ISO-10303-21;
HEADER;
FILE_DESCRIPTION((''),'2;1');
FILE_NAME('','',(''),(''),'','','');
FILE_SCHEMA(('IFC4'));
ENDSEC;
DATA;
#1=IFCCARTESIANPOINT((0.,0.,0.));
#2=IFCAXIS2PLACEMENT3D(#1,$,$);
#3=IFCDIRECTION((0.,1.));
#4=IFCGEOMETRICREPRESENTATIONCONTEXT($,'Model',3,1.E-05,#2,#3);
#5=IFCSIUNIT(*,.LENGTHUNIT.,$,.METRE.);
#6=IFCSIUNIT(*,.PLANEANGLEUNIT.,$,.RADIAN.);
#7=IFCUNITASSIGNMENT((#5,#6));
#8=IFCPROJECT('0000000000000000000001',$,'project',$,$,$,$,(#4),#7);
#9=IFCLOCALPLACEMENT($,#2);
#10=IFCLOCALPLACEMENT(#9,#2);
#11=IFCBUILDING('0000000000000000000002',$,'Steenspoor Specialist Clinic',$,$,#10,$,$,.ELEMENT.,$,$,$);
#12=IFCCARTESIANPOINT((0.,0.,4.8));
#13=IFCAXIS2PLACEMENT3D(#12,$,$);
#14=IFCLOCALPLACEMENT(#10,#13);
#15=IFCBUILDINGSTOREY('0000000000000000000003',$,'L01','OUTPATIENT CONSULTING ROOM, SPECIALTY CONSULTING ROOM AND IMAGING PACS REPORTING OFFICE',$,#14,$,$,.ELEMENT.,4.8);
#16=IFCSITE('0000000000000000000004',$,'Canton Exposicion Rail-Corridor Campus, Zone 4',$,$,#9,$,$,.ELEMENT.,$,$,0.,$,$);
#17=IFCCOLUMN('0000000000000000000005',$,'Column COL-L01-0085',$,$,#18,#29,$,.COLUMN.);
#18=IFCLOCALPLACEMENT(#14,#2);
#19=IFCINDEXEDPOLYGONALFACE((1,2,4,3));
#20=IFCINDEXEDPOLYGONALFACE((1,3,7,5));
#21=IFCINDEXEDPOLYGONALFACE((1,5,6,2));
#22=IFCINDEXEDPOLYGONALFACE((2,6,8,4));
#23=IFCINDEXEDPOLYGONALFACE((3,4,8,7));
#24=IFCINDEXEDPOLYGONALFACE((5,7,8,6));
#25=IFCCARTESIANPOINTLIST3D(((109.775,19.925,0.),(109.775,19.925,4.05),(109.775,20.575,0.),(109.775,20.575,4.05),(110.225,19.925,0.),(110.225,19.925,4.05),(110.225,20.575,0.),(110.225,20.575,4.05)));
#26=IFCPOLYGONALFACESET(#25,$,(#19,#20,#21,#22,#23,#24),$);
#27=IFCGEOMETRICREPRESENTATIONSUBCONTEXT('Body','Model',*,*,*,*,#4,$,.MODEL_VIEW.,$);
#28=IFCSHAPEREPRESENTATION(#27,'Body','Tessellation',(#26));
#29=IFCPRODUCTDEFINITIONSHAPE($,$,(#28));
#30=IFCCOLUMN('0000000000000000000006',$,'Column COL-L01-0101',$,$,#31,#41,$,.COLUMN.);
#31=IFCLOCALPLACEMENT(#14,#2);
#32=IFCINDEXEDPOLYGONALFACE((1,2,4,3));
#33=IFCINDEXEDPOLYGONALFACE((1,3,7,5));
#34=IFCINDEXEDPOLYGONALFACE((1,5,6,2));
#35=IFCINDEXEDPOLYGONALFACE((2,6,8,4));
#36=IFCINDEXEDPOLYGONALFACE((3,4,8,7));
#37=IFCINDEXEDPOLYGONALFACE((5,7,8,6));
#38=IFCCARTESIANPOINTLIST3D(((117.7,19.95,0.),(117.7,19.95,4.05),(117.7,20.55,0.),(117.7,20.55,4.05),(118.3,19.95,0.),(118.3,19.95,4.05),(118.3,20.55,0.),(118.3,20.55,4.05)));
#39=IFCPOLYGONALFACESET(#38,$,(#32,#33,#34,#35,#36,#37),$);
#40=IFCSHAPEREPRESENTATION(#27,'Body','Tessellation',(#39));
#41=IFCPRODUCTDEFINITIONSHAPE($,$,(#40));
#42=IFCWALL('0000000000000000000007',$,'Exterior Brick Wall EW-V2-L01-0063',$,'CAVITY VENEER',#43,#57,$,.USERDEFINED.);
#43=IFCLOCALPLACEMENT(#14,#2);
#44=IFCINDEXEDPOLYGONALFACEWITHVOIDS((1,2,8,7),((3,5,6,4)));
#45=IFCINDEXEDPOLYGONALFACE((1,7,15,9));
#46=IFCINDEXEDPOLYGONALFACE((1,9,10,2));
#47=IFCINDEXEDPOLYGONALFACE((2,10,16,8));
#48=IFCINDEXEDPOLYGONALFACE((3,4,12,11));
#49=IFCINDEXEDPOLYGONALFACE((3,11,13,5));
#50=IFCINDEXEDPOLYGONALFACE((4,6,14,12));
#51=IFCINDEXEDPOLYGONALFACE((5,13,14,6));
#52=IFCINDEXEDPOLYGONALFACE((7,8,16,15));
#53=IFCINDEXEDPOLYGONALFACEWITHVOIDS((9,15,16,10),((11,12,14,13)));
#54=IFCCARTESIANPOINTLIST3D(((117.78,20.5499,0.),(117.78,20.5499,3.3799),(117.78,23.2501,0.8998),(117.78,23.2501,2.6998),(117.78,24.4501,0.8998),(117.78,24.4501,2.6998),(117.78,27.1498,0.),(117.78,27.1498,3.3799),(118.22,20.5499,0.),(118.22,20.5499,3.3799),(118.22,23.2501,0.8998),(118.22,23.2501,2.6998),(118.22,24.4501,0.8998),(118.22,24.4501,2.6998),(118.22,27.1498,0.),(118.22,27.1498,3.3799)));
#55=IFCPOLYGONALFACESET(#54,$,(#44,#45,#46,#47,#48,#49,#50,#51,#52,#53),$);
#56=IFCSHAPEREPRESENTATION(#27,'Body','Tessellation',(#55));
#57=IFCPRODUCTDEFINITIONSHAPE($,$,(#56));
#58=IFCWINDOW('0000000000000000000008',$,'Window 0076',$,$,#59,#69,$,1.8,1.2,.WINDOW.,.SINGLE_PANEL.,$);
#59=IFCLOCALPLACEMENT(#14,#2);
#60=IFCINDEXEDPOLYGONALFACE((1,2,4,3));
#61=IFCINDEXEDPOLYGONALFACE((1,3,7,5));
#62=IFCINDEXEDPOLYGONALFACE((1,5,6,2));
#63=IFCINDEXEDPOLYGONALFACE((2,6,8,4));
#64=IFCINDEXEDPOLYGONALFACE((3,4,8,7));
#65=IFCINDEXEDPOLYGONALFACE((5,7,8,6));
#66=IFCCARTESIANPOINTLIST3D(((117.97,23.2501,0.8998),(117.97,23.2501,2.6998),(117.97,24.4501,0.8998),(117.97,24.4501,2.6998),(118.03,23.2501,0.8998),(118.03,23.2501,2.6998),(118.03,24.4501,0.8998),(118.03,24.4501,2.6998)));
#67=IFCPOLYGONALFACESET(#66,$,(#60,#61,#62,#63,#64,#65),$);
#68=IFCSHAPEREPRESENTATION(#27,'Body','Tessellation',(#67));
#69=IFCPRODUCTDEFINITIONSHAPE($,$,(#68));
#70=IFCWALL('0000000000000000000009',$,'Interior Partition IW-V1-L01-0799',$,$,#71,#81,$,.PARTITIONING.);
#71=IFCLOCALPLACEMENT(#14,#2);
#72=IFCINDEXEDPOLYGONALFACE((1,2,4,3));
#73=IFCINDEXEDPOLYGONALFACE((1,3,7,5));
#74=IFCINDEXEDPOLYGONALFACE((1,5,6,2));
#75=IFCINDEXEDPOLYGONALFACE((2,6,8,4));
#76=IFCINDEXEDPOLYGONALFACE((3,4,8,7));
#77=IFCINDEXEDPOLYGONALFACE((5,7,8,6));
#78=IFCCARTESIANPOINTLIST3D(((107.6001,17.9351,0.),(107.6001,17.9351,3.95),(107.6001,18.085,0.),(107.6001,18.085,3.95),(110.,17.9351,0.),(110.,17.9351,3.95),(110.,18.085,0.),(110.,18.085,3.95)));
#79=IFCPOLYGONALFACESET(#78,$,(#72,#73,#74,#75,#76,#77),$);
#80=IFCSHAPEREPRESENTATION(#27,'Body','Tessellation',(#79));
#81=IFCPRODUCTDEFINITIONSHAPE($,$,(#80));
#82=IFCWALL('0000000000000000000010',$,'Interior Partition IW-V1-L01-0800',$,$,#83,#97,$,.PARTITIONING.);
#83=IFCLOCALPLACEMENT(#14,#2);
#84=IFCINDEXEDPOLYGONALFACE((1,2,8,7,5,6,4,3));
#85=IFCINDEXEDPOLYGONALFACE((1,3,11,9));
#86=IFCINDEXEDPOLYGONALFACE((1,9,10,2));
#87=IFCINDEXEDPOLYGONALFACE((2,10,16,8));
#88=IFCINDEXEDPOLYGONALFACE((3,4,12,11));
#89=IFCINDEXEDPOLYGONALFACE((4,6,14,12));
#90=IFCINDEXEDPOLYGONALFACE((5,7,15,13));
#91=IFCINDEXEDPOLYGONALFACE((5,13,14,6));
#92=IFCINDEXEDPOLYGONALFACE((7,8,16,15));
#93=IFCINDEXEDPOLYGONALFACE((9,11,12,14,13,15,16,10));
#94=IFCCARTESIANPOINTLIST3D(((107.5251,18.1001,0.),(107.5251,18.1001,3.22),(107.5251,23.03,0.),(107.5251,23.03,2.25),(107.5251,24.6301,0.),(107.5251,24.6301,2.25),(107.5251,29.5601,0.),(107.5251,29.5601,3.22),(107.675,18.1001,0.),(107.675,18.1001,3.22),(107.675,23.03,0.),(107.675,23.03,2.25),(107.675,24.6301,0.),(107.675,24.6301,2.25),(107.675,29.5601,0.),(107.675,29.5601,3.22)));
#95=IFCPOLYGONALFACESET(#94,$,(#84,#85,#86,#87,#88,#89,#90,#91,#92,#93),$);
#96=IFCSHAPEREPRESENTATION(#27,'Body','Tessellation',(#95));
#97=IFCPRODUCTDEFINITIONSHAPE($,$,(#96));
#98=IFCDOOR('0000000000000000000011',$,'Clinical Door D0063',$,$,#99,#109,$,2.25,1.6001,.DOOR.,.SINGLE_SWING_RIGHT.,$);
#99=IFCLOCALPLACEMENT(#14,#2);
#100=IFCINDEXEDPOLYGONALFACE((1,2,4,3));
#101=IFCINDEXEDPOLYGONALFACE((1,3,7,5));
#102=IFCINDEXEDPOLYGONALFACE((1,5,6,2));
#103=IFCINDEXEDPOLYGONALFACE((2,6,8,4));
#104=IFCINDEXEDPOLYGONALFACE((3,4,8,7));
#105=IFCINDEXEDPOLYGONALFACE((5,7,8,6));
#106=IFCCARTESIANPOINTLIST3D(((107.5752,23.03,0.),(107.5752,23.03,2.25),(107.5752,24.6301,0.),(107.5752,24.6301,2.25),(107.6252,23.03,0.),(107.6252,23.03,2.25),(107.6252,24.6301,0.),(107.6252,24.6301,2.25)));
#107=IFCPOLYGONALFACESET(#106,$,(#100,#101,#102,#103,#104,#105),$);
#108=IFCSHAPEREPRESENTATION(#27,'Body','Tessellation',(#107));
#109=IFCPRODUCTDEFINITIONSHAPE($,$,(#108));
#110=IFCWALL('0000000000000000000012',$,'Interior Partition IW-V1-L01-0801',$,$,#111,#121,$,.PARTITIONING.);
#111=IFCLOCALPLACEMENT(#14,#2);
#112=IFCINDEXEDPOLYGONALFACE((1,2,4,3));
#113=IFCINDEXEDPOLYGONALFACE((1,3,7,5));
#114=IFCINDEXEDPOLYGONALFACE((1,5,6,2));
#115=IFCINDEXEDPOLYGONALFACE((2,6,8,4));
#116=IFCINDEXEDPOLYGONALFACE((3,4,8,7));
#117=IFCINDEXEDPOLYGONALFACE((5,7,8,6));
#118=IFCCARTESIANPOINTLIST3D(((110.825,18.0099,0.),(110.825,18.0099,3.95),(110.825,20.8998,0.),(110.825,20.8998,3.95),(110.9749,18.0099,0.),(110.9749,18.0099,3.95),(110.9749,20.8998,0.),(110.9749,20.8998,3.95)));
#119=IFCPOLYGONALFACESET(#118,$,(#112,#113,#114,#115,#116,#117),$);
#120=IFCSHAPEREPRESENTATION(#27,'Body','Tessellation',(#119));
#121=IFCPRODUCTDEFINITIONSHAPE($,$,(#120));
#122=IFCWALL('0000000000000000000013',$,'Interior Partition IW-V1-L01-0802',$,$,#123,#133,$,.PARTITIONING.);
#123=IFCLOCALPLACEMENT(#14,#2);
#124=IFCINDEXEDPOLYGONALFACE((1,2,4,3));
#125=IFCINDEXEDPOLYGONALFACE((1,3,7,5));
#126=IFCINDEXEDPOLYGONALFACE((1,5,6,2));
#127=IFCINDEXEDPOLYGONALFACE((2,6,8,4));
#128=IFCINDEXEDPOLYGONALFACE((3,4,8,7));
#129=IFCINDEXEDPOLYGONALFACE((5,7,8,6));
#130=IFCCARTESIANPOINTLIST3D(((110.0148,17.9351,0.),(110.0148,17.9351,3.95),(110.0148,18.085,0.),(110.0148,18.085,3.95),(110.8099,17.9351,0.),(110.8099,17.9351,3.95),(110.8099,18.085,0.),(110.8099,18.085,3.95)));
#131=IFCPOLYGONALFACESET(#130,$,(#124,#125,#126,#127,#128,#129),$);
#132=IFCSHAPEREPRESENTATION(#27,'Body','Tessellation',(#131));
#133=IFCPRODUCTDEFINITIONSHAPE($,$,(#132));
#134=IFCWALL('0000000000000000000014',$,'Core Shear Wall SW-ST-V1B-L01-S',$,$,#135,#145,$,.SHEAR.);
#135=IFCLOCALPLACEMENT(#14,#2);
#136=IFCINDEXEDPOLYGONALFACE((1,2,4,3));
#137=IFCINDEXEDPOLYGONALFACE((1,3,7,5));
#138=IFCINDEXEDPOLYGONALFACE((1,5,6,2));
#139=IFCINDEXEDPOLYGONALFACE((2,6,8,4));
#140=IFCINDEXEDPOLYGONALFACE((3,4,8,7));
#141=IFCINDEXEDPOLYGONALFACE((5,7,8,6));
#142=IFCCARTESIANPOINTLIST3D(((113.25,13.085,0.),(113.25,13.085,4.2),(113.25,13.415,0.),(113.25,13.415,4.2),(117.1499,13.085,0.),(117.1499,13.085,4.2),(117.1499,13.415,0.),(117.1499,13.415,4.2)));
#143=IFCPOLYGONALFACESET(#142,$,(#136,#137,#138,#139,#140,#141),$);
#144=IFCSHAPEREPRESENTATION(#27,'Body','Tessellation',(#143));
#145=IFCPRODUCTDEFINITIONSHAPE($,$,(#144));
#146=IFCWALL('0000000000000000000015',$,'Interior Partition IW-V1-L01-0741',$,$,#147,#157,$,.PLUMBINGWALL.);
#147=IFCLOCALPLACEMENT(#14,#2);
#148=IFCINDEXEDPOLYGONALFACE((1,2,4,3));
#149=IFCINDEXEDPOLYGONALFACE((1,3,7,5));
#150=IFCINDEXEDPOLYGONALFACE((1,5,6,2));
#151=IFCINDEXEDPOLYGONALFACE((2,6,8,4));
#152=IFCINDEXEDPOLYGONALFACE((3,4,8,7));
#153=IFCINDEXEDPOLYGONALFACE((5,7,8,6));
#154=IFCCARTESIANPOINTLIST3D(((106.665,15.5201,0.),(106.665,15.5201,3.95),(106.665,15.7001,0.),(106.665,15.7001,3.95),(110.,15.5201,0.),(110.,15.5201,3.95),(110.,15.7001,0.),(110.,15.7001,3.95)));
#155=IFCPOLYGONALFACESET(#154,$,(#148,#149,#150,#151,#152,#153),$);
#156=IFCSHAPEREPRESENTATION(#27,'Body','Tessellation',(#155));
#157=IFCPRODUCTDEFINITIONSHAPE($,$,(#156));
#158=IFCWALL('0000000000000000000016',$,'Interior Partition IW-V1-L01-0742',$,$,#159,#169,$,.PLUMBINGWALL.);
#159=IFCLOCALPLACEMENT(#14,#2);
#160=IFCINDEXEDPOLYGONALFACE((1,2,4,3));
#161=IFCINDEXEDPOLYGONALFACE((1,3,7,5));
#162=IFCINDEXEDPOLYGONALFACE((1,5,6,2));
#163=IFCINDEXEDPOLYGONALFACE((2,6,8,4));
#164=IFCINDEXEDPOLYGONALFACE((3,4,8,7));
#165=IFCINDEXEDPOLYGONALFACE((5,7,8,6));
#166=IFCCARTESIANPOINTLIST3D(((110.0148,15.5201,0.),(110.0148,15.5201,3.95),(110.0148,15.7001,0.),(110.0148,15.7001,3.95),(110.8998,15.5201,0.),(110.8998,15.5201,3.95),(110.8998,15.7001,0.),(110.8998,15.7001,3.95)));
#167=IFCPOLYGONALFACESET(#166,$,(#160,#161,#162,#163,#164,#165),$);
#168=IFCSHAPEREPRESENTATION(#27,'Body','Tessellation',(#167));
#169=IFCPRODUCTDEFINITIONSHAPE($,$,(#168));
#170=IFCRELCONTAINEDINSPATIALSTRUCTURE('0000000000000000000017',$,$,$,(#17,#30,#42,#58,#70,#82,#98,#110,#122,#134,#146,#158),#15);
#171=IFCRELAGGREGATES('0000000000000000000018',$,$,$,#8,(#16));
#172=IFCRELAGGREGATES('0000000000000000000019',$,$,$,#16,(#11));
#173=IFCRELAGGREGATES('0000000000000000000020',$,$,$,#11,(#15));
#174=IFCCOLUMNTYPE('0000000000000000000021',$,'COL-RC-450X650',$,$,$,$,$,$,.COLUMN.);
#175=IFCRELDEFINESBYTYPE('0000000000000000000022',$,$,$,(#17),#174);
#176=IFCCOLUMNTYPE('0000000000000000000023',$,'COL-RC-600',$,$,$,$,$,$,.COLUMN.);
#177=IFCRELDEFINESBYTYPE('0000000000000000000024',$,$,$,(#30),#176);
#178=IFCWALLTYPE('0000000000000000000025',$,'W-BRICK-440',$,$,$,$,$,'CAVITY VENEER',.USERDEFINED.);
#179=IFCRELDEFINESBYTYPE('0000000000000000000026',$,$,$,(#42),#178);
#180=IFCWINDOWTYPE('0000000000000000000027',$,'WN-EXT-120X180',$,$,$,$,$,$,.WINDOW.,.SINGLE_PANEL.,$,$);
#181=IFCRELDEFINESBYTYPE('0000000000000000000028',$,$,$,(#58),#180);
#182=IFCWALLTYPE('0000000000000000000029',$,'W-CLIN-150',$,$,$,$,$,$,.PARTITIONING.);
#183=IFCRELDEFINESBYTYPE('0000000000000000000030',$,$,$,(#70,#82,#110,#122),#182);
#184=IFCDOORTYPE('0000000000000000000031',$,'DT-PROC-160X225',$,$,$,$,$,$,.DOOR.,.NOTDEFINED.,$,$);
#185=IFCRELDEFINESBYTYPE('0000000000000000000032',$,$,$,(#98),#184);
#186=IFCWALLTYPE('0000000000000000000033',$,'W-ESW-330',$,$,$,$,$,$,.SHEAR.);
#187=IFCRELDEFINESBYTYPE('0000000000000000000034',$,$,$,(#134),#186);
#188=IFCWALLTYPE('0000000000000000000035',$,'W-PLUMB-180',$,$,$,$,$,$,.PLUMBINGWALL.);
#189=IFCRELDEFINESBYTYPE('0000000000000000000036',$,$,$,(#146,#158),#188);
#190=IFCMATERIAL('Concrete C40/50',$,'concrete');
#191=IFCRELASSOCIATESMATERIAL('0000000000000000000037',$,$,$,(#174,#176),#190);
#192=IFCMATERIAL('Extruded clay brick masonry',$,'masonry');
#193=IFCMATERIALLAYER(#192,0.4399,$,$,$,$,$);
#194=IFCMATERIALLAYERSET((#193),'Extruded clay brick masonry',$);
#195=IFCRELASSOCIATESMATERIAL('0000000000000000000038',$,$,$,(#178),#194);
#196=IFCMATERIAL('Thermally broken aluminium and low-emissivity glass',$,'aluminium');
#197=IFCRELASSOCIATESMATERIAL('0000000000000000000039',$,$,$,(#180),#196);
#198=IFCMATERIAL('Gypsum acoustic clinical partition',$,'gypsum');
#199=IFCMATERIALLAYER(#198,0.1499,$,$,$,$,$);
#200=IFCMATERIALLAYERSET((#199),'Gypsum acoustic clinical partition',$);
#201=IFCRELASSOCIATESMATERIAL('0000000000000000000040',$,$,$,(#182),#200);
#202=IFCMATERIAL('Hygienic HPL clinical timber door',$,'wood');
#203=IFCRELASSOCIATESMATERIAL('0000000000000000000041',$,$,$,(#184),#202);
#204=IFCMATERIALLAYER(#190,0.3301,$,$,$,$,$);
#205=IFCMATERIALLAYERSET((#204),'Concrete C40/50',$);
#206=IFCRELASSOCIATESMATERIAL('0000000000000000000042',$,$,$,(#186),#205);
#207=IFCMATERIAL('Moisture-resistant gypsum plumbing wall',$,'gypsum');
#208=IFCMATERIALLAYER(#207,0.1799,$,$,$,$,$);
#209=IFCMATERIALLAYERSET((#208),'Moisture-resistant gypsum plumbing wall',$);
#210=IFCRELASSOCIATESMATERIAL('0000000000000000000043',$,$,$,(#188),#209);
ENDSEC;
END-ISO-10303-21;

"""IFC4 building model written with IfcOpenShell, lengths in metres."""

from ifc_helpers import new_model, si_unit, direction, frame, frame_2d, origin, origin_2d, place, context, subcontext, project, spatial, rectangle, extrude, material, layer, layer_set, material_profile, profile_set, type_object, element, fill, save


model = new_model("IFC4")

# Units and contexts
model_context = context("Model", 3, precision=1e-05, world=origin(), true_north=direction((0.0, 1.0)))
body_context = subcontext(model_context, "Body", "Model", "MODEL_VIEW")
ifc_project = project(units=[si_unit("LENGTHUNIT", "METRE"), si_unit("PLANEANGLEUNIT", "RADIAN")], contexts=[model_context])

# Site, building, storey
site_placement = place(None, origin())
site = spatial("IfcSite", under=ifc_project, at=site_placement, Name="Canton Exposicion Rail-Corridor Campus, Zone 4", CompositionType="ELEMENT", RefElevation=0.0)
building_placement = place(site_placement, origin())
building = spatial("IfcBuilding", under=site, at=building_placement, Name="Steenspoor Specialist Clinic", CompositionType="ELEMENT")
storey_placement = place(building_placement, frame((0.0, 0.0, 4.8)))
storey = spatial("IfcBuildingStorey", under=building, at=storey_placement, Name="L01", Description="OUTPATIENT CONSULTING ROOM, SPECIALTY CONSULTING ROOM AND IMAGING PACS REPORTING OFFICE", CompositionType="ELEMENT", Elevation=4.8)

# Columns
ifc_material_1 = material(Name="Concrete C40/50", Category="concrete")
ifc_material_profile_1 = material_profile(ifc_material_1, rectangle(XDim=0.45, YDim=0.6499, at=origin_2d()), Name="RC-COL-450X650")
ifc_profile_set_1 = profile_set([ifc_material_profile_1], Name="Concrete C40/50")
column_type_1 = type_object("IfcColumnType", Name="COL-RC-450X650", PredefinedType="COLUMN", material=ifc_profile_set_1)
column_1_placement = place(storey_placement, frame((110.0, 20.25, 0.0), z_axis=(0.0, 0.0, 1.0), x_axis=(1.0, 0.0, 0.0)))
element("IfcColumn", 1, at=column_1_placement, inside=storey, type_object=column_type_1, Name="Column COL-L01-0085", PredefinedType="COLUMN", context=body_context, shape_type="SweptSolid", body=[
    extrude(rectangle(XDim=0.45, YDim=0.6499, at=origin_2d()), origin(), (0.0, 0.0, 1.0), 4.05),
])
ifc_material_profile_2 = material_profile(ifc_material_1, rectangle(XDim=0.6001, YDim=0.6001, at=origin_2d()), Name="RC-COL-600X600")
ifc_profile_set_2 = profile_set([ifc_material_profile_2], Name="Concrete C40/50")
column_type_2 = type_object("IfcColumnType", Name="COL-RC-600", PredefinedType="COLUMN", material=ifc_profile_set_2)
column_2_placement = place(storey_placement, frame((118.0, 20.25, 0.0), z_axis=(0.0, 0.0, 1.0), x_axis=(1.0, 0.0, 0.0)))
element("IfcColumn", 2, at=column_2_placement, inside=storey, type_object=column_type_2, Name="Column COL-L01-0101", PredefinedType="COLUMN", context=body_context, shape_type="SweptSolid", body=[
    extrude(rectangle(XDim=0.6001, YDim=0.6001, at=origin_2d()), origin(), (0.0, 0.0, 1.0), 4.05),
])

# Wall, opening, window
ifc_material_2 = material(Name="Extruded clay brick masonry", Category="masonry")
ifc_layer_1 = layer(ifc_material_2, 0.4399)
ifc_layer_set_1 = layer_set([ifc_layer_1], Name="Extruded clay brick masonry")
wall_type_1 = type_object("IfcWallType", Name="W-BRICK-440", ElementType="CAVITY VENEER", PredefinedType="USERDEFINED", material=ifc_layer_set_1)
wall_1_placement = place(storey_placement, frame((118.0, 20.55, 0.0), z_axis=(0.0, 0.0, 1.0), x_axis=(0.0, 1.0, 0.0)))
wall_1 = element("IfcWall", 3, at=wall_1_placement, inside=storey, type_object=wall_type_1, Name="Exterior Brick Wall EW-V2-L01-0063", ObjectType="CAVITY VENEER", PredefinedType="USERDEFINED", context=body_context, shape_type="SweptSolid", body=[
    extrude(rectangle(XDim=6.5999, YDim=0.4399, at=frame_2d((3.2998, 0.0))), origin(), (0.0, 0.0, 1.0), 3.3799),
])
opening_1_placement = place(wall_1_placement, frame((2.7, 0.0, 0.8999)))
opening_1 = element("IfcOpeningElement", 4, at=opening_1_placement, cuts=wall_1, PredefinedType="OPENING", context=body_context, shape_type="SweptSolid", body=[
    extrude(rectangle(XDim=1.2, YDim=1.8, at=frame_2d((0.6001, 0.8999))), frame((0.0, 0.23, 0.0), z_axis=(0.0, -1.0, 0.0), x_axis=(1.0, 0.0, 0.0)), (0.0, 0.0, 1.0), 0.46),
])
ifc_material_3 = material(Name="Thermally broken aluminium and low-emissivity glass", Category="aluminium")
window_type_1 = type_object("IfcWindowType", Name="WN-EXT-120X180", PartitioningType="SINGLE_PANEL", PredefinedType="WINDOW", material=ifc_material_3)
window_1_placement = place(opening_1_placement, origin())
window_1 = element("IfcWindow", 5, at=window_1_placement, inside=storey, type_object=window_type_1, Name="Window 0076", OverallHeight=1.8, OverallWidth=1.2, PartitioningType="SINGLE_PANEL", PredefinedType="WINDOW", context=body_context, shape_type="SweptSolid", body=[
    extrude(rectangle(XDim=1.2, YDim=1.8, at=frame_2d((0.6001, 0.8999))), frame((0.0, 0.03, 0.0), z_axis=(0.0, -1.0, 0.0), x_axis=(1.0, 0.0, 0.0)), (0.0, 0.0, 1.0), 0.0601),
])
fill(opening_1, window_1)

# Wall
ifc_material_4 = material(Name="Gypsum acoustic clinical partition", Category="gypsum")
ifc_layer_2 = layer(ifc_material_4, 0.1499)
ifc_layer_set_2 = layer_set([ifc_layer_2], Name="Gypsum acoustic clinical partition")
wall_type_2 = type_object("IfcWallType", Name="W-CLIN-150", PredefinedType="PARTITIONING", material=ifc_layer_set_2)
wall_2_placement = place(storey_placement, frame((107.6001, 18.01, 0.0), z_axis=(0.0, 0.0, 1.0), x_axis=(1.0, 0.0, 0.0)))
element("IfcWall", 6, at=wall_2_placement, inside=storey, type_object=wall_type_2, Name="Interior Partition IW-V1-L01-0799", PredefinedType="PARTITIONING", context=body_context, shape_type="SweptSolid", body=[
    extrude(rectangle(XDim=2.3999, YDim=0.1499, at=frame_2d((1.2, 0.0))), origin(), (0.0, 0.0, 1.0), 3.95),
])

# Wall, opening, door
wall_3_placement = place(storey_placement, frame((107.6001, 18.1001, 0.0), z_axis=(0.0, 0.0, 1.0), x_axis=(0.0, 1.0, 0.0)))
wall_3 = element("IfcWall", 7, at=wall_3_placement, inside=storey, type_object=wall_type_2, Name="Interior Partition IW-V1-L01-0800", PredefinedType="PARTITIONING", context=body_context, shape_type="SweptSolid", body=[
    extrude(rectangle(XDim=11.46, YDim=0.1499, at=frame_2d((5.73, 0.0))), origin(), (0.0, 0.0, 1.0), 3.22),
])
opening_2_placement = place(wall_3_placement, frame((4.9299, 0.0, 0.0)))
opening_2 = element("IfcOpeningElement", 8, at=opening_2_placement, cuts=wall_3, PredefinedType="OPENING", context=body_context, shape_type="SweptSolid", body=[
    extrude(rectangle(XDim=1.6001, YDim=2.25, at=frame_2d((0.8, 1.125))), frame((0.0, 0.085, 0.0), z_axis=(0.0, -1.0, 0.0), x_axis=(1.0, 0.0, 0.0)), (0.0, 0.0, 1.0), 0.1699),
])
ifc_material_5 = material(Name="Hygienic HPL clinical timber door", Category="wood")
door_type_1 = type_object("IfcDoorType", Name="DT-PROC-160X225", OperationType="NOTDEFINED", PredefinedType="DOOR", material=ifc_material_5)
door_1_placement = place(opening_2_placement, origin())
door_1 = element("IfcDoor", 9, at=door_1_placement, inside=storey, type_object=door_type_1, Name="Clinical Door D0063", OperationType="SINGLE_SWING_RIGHT", OverallHeight=2.25, OverallWidth=1.6001, PredefinedType="DOOR", context=body_context, shape_type="SweptSolid", body=[
    extrude(rectangle(XDim=1.6001, YDim=2.25, at=frame_2d((0.8, 1.125))), frame((0.0, 0.0249, 0.0), z_axis=(0.0, -1.0, 0.0), x_axis=(1.0, 0.0, 0.0)), (0.0, 0.0, 1.0), 0.05),
])
fill(opening_2, door_1)

# Walls
wall_4_placement = place(storey_placement, frame((110.8999, 18.01, 0.0), z_axis=(0.0, 0.0, 1.0), x_axis=(0.0, 1.0, 0.0)))
element("IfcWall", 10, at=wall_4_placement, inside=storey, type_object=wall_type_2, Name="Interior Partition IW-V1-L01-0801", PredefinedType="PARTITIONING", context=body_context, shape_type="SweptSolid", body=[
    extrude(rectangle(XDim=2.8899, YDim=0.1499, at=frame_2d((1.4448, 0.0))), origin(), (0.0, 0.0, 1.0), 3.95),
])
wall_5_placement = place(storey_placement, frame((110.0149, 18.01, 0.0), z_axis=(0.0, 0.0, 1.0), x_axis=(1.0, 0.0, 0.0)))
element("IfcWall", 11, at=wall_5_placement, inside=storey, type_object=wall_type_2, Name="Interior Partition IW-V1-L01-0802", PredefinedType="PARTITIONING", context=body_context, shape_type="SweptSolid", body=[
    extrude(rectangle(XDim=0.7952, YDim=0.1499, at=frame_2d((0.3975, 0.0))), origin(), (0.0, 0.0, 1.0), 3.95),
])
ifc_layer_3 = layer(ifc_material_1, 0.3301)
ifc_layer_set_3 = layer_set([ifc_layer_3], Name="Concrete C40/50")
wall_type_3 = type_object("IfcWallType", Name="W-ESW-330", PredefinedType="SHEAR", material=ifc_layer_set_3)
wall_6_placement = place(storey_placement, frame((113.25, 13.25, 0.0), z_axis=(0.0, 0.0, 1.0), x_axis=(1.0, 0.0, 0.0)))
element("IfcWall", 12, at=wall_6_placement, inside=storey, type_object=wall_type_3, Name="Core Shear Wall SW-ST-V1B-L01-S", PredefinedType="SHEAR", context=body_context, shape_type="SweptSolid", body=[
    extrude(rectangle(XDim=3.8999, YDim=0.3301, at=frame_2d((1.95, 0.0))), origin(), (0.0, 0.0, 1.0), 4.2),
])
ifc_material_6 = material(Name="Moisture-resistant gypsum plumbing wall", Category="gypsum")
ifc_layer_4 = layer(ifc_material_6, 0.1799)
ifc_layer_set_4 = layer_set([ifc_layer_4], Name="Moisture-resistant gypsum plumbing wall")
wall_type_4 = type_object("IfcWallType", Name="W-PLUMB-180", PredefinedType="PLUMBINGWALL", material=ifc_layer_set_4)
wall_7_placement = place(storey_placement, frame((106.665, 15.6101, 0.0), z_axis=(0.0, 0.0, 1.0), x_axis=(1.0, 0.0, 0.0)))
element("IfcWall", 13, at=wall_7_placement, inside=storey, type_object=wall_type_4, Name="Interior Partition IW-V1-L01-0741", PredefinedType="PLUMBINGWALL", context=body_context, shape_type="SweptSolid", body=[
    extrude(rectangle(XDim=3.335, YDim=0.1799, at=frame_2d((1.6675, 0.0))), origin(), (0.0, 0.0, 1.0), 3.95),
])
wall_8_placement = place(storey_placement, frame((110.0149, 15.6101, 0.0), z_axis=(0.0, 0.0, 1.0), x_axis=(1.0, 0.0, 0.0)))
element("IfcWall", 14, at=wall_8_placement, inside=storey, type_object=wall_type_4, Name="Interior Partition IW-V1-L01-0742", PredefinedType="PLUMBINGWALL", context=body_context, shape_type="SweptSolid", body=[
    extrude(rectangle(XDim=0.885, YDim=0.1799, at=frame_2d((0.4424, 0.0))), origin(), (0.0, 0.0, 1.0), 3.95),
])

save(model, "model.ifc")
